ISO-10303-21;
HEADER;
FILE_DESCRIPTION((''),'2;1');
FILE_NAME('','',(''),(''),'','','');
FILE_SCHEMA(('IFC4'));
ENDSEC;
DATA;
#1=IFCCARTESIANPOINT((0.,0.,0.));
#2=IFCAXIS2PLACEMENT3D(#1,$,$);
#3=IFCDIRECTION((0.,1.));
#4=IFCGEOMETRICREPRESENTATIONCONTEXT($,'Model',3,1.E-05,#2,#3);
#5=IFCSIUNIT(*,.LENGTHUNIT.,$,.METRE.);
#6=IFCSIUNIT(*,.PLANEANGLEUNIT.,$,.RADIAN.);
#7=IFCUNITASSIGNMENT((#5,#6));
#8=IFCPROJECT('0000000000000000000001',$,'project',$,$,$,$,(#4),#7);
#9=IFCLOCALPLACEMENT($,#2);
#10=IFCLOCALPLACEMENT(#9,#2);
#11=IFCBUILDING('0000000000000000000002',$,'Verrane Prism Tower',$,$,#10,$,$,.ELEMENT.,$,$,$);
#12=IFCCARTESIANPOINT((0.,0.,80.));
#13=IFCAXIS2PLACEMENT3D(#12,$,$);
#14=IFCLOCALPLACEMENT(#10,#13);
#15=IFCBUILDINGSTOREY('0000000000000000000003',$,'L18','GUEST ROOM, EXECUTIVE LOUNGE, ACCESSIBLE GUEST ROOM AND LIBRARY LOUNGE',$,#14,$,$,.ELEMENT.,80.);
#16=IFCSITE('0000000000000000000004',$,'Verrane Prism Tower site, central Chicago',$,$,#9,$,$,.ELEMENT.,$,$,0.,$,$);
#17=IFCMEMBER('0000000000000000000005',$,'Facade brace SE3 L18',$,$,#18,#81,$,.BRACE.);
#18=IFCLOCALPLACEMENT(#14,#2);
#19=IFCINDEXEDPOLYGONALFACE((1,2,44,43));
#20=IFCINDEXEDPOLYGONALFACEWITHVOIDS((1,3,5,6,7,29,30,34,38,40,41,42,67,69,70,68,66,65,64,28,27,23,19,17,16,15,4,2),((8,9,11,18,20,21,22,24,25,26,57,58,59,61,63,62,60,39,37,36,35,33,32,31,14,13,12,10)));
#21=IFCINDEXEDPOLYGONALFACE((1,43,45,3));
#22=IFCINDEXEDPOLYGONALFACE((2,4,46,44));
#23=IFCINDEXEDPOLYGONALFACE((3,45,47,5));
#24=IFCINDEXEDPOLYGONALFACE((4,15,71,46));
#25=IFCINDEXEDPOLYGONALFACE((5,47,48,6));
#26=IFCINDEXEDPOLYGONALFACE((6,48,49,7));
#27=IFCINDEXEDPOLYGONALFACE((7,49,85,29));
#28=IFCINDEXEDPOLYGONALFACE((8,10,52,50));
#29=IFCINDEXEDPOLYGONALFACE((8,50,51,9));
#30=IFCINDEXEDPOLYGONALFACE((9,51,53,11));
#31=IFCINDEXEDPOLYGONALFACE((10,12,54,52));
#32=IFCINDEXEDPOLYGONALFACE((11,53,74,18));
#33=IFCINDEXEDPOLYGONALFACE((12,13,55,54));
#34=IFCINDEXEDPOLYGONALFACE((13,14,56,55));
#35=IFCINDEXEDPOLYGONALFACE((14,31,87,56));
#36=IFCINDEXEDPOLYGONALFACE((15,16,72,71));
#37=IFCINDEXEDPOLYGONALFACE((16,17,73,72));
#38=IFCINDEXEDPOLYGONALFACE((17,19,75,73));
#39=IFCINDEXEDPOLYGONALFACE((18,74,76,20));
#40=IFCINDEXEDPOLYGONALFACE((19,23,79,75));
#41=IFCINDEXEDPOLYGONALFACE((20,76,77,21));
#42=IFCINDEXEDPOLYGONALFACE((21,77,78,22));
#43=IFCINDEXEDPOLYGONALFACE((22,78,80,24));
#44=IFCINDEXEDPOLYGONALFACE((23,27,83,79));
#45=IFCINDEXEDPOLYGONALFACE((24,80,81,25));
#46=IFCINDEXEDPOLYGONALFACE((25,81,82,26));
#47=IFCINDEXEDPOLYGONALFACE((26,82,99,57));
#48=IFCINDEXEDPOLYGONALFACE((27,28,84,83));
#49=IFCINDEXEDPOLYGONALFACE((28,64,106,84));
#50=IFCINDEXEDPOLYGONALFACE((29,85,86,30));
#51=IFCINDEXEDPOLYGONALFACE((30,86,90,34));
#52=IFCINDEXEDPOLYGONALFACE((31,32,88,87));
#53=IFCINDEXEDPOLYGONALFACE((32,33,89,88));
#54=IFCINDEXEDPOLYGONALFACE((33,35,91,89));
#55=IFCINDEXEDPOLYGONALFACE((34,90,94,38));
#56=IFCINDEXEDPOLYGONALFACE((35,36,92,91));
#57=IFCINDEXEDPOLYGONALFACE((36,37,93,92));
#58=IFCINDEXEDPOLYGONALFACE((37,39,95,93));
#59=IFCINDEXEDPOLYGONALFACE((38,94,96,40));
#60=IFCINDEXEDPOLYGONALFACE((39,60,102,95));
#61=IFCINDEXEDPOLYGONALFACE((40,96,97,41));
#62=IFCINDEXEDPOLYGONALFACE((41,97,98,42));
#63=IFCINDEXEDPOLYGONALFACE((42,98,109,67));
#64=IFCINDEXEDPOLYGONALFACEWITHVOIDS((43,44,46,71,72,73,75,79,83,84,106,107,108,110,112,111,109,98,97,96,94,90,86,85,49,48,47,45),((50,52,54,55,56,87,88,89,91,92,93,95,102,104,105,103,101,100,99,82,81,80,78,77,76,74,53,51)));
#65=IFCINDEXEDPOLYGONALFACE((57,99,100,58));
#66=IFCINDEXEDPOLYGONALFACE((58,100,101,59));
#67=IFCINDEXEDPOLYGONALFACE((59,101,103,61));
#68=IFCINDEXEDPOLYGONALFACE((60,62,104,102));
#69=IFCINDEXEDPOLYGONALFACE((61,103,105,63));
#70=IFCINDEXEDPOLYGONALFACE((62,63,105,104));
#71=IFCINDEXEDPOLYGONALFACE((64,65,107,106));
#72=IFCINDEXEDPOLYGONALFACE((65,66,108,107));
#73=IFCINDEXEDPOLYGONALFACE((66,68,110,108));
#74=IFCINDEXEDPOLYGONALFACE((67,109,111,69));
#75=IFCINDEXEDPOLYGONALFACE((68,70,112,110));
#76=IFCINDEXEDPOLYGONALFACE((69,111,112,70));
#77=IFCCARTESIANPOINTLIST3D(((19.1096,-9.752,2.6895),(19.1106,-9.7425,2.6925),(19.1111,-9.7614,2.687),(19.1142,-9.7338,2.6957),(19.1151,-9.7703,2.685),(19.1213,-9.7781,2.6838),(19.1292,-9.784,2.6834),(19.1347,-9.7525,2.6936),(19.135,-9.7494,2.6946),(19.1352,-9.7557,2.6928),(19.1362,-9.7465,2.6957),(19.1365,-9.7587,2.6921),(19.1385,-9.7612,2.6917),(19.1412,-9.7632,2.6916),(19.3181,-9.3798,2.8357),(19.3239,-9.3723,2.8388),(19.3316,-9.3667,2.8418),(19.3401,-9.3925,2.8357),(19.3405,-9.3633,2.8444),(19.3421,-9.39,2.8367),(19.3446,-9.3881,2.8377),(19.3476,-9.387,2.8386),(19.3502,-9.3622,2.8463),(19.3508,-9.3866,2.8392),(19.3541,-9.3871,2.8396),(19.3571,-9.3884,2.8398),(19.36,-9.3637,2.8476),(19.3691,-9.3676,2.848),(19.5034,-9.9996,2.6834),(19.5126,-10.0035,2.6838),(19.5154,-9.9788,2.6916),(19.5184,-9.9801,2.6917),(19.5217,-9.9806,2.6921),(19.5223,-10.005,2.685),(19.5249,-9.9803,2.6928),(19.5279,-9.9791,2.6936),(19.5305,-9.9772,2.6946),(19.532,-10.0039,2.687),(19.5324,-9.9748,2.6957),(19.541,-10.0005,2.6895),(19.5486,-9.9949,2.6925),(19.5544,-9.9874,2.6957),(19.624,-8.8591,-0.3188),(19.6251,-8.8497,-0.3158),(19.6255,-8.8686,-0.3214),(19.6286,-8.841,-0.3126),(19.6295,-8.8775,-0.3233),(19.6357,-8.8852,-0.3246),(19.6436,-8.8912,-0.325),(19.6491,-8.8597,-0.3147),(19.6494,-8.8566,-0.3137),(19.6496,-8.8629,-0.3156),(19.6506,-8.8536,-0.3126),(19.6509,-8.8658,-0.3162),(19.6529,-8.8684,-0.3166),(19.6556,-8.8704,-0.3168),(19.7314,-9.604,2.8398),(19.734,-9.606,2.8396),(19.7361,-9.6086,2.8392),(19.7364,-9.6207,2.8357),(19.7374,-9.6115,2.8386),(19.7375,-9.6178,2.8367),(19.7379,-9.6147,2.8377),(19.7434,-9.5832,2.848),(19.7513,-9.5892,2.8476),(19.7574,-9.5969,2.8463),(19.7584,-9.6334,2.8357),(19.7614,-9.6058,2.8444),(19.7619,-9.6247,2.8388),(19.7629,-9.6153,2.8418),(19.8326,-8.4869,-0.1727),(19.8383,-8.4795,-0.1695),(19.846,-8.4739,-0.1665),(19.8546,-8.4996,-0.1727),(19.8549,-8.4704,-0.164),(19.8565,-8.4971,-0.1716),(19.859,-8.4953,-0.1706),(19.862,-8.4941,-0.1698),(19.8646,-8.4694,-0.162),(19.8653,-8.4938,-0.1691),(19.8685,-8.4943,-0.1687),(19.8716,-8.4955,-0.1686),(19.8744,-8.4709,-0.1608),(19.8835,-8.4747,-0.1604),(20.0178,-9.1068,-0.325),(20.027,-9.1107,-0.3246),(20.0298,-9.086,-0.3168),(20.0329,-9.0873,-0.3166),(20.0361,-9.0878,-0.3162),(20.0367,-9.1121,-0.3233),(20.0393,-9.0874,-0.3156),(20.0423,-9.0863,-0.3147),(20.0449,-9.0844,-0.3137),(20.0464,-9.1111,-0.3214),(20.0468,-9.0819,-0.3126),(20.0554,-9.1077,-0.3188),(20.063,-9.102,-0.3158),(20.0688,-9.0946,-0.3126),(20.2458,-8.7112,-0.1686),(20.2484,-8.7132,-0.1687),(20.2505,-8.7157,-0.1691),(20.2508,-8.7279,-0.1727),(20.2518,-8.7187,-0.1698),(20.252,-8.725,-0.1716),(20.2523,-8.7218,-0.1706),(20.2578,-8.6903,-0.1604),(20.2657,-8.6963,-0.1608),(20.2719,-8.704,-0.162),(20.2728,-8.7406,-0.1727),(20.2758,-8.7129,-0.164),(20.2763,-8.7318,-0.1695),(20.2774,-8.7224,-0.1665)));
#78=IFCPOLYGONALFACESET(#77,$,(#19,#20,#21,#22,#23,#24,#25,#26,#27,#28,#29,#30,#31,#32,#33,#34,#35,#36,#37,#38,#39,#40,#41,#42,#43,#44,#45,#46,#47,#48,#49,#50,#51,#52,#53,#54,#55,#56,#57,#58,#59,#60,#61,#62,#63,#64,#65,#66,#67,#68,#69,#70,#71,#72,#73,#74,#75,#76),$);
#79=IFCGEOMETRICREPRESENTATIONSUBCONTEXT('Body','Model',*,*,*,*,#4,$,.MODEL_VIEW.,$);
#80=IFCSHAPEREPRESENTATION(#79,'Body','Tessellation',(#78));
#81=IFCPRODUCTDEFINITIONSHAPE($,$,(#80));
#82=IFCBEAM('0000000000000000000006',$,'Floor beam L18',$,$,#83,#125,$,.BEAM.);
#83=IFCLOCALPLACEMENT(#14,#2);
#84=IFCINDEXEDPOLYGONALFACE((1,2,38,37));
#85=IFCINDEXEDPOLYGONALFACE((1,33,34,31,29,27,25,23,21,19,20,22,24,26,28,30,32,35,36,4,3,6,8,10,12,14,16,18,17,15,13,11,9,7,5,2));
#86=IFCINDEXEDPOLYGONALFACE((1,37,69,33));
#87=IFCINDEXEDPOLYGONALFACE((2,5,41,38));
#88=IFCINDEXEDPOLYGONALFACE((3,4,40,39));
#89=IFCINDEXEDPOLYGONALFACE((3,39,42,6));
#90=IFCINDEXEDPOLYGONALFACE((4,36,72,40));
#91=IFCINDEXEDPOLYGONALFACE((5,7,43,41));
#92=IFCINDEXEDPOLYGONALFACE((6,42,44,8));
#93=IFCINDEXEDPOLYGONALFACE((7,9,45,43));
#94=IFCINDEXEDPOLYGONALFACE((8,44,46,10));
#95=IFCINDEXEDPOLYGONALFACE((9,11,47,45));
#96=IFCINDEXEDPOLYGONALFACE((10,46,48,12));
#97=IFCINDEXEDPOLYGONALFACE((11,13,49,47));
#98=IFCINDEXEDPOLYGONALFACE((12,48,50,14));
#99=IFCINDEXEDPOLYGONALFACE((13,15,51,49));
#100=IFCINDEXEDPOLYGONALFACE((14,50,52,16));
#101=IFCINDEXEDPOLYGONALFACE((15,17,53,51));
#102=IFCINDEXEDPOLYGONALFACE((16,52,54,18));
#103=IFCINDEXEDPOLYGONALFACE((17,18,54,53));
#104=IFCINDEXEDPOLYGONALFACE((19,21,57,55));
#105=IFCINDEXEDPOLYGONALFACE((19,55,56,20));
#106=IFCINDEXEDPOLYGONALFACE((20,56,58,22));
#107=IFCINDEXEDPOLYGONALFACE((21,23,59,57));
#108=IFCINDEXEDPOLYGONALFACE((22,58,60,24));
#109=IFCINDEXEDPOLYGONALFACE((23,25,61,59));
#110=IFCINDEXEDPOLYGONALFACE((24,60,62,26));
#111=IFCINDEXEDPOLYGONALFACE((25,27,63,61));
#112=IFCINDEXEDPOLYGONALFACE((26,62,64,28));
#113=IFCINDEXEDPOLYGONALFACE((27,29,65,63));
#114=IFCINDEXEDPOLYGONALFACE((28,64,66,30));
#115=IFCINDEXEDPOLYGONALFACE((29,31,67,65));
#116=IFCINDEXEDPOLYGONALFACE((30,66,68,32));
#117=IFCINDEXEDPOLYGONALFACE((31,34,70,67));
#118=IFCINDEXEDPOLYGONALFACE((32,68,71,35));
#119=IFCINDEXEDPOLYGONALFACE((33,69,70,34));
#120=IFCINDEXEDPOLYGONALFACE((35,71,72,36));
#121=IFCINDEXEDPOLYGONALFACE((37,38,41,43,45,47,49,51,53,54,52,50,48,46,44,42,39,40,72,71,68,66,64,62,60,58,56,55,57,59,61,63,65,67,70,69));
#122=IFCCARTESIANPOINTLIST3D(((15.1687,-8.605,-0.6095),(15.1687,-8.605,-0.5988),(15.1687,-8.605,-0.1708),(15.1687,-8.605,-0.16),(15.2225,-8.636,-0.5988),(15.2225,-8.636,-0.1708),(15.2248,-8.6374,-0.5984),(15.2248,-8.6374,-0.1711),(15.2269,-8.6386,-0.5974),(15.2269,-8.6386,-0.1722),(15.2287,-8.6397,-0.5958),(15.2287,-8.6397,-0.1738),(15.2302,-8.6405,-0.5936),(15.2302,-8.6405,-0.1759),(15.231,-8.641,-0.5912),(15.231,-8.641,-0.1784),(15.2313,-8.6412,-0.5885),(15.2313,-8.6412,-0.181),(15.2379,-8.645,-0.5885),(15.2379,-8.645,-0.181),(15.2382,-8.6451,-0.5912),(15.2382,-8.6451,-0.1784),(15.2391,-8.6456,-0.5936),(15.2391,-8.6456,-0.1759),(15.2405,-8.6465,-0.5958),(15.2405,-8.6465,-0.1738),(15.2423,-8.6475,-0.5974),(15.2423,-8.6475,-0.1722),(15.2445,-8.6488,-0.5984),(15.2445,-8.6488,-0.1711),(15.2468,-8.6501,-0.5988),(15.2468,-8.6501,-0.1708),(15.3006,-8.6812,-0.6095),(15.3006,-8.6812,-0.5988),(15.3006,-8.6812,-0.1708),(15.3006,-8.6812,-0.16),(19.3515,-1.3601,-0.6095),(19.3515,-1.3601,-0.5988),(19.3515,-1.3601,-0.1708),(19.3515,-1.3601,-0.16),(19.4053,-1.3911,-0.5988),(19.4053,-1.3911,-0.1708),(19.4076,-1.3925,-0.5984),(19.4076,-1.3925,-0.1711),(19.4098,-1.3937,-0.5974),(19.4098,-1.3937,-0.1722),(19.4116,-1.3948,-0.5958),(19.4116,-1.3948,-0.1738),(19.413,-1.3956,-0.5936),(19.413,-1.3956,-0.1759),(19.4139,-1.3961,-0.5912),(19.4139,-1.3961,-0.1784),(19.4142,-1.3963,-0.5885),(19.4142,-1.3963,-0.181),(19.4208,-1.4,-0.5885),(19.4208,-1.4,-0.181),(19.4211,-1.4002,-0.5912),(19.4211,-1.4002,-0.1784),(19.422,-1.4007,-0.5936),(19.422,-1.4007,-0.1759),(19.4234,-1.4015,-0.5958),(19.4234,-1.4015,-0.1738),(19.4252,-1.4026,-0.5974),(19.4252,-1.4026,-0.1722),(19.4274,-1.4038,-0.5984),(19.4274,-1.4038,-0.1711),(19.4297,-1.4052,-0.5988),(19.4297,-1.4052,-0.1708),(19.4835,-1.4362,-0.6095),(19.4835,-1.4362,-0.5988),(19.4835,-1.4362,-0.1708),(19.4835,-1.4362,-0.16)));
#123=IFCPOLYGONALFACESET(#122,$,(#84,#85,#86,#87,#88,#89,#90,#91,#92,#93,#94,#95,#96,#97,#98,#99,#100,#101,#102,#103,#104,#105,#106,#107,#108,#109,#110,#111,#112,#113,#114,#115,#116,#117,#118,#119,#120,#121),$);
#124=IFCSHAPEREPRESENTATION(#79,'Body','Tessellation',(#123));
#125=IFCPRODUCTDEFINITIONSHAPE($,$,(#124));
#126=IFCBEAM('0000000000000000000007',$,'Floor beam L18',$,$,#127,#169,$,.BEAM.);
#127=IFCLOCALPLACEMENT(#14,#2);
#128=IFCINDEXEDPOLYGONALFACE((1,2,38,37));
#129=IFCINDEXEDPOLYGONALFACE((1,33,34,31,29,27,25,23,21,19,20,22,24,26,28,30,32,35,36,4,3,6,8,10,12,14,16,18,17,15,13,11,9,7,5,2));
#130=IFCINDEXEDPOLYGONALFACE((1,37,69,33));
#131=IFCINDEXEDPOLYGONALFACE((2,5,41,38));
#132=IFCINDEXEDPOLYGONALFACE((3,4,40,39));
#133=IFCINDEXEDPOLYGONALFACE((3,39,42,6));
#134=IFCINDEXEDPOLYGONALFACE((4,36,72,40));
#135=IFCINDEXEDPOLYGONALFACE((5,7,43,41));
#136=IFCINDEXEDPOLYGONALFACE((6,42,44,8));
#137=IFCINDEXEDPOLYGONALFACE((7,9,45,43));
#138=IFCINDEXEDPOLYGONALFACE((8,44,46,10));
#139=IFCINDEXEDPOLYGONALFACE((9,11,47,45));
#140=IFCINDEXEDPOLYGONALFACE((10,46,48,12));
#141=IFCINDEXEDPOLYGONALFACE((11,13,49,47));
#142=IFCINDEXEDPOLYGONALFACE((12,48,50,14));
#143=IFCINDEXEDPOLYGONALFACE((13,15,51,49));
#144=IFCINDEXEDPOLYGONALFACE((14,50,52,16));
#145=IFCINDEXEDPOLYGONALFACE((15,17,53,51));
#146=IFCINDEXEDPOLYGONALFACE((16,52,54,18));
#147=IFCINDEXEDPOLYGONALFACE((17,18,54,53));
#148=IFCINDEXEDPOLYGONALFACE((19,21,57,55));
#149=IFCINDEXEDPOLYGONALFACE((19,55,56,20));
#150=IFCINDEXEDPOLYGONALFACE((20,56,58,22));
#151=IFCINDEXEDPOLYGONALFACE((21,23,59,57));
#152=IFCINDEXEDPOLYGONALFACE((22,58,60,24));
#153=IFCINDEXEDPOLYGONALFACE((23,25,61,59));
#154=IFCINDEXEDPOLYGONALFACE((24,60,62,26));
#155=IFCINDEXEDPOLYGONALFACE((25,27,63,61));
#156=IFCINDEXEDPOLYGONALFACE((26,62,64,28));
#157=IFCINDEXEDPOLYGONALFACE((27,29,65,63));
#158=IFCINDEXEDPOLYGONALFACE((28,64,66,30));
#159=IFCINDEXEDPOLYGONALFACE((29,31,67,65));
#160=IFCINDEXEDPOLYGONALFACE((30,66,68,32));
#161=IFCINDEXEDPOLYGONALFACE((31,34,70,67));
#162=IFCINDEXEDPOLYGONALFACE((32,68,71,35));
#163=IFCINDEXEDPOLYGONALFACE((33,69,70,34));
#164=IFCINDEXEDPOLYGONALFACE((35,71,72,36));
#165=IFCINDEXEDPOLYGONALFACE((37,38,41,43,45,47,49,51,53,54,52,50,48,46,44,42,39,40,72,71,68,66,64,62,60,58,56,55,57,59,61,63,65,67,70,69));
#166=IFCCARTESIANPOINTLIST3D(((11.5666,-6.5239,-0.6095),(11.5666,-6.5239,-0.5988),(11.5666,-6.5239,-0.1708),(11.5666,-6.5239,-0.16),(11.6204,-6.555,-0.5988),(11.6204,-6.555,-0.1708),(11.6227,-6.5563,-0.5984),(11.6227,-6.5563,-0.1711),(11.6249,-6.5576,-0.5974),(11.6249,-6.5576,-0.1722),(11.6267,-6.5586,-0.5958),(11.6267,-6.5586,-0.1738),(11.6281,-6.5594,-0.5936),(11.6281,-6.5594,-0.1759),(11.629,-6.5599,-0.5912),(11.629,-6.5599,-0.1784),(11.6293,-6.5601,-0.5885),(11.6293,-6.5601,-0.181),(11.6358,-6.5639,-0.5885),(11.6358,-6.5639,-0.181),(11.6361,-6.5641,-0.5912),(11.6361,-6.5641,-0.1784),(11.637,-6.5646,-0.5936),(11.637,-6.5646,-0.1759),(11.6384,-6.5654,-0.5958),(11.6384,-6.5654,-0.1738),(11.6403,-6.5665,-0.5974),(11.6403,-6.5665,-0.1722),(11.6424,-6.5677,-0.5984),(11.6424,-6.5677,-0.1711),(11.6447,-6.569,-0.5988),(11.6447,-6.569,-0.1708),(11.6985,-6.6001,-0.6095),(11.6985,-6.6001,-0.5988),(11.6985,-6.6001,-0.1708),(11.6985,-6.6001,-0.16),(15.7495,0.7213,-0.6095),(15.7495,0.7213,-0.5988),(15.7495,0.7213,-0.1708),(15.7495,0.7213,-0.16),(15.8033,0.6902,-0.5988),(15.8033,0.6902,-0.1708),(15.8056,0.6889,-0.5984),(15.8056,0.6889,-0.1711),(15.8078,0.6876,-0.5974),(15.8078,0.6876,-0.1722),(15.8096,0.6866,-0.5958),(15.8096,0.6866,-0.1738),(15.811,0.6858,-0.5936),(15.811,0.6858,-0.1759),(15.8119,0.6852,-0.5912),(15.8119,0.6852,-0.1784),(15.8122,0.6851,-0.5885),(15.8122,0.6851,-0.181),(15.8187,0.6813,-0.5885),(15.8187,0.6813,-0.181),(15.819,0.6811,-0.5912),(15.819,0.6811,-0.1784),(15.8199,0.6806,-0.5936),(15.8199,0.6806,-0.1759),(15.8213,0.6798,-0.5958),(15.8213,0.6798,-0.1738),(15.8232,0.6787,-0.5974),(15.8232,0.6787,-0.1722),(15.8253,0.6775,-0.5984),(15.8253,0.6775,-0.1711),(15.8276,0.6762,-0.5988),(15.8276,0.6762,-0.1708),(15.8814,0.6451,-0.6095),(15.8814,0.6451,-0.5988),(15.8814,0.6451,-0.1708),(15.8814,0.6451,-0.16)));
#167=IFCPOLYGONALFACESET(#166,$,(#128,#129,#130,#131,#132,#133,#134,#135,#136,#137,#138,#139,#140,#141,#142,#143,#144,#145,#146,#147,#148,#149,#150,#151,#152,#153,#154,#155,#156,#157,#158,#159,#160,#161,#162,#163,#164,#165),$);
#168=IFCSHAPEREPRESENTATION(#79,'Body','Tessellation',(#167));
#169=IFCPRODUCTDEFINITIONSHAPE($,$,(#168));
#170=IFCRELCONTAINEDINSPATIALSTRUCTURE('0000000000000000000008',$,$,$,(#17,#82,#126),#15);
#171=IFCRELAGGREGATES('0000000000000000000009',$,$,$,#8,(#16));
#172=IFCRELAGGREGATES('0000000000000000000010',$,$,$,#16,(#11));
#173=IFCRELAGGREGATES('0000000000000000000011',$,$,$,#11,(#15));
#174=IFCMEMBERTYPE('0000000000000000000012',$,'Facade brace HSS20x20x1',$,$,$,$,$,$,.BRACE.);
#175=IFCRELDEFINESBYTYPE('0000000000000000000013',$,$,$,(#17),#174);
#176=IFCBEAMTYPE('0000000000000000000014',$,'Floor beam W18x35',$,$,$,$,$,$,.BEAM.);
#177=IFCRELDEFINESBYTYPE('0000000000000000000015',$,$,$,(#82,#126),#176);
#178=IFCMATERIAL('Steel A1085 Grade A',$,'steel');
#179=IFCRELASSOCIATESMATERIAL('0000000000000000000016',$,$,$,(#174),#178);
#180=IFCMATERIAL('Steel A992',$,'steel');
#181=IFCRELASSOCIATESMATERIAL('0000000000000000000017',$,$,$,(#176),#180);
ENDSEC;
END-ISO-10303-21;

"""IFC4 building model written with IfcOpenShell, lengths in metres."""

from ifc_helpers import new_model, si_unit, direction, frame, origin, origin_2d, place, context, subcontext, project, spatial, hollow_rectangle, i_section, extrude, material, material_profile, profile_set, type_object, element, save


model = new_model("IFC4")

# Units and contexts
model_context = context("Model", 3, precision=1e-05, world=origin(), true_north=direction((0.0, 1.0)))
body_context = subcontext(model_context, "Body", "Model", "MODEL_VIEW")
ifc_project = project(units=[si_unit("LENGTHUNIT", "METRE"), si_unit("PLANEANGLEUNIT", "RADIAN")], contexts=[model_context])

# Site, building, storey
site_placement = place(None, origin())
site = spatial("IfcSite", under=ifc_project, at=site_placement, Name="Verrane Prism Tower site, central Chicago", CompositionType="ELEMENT", RefElevation=0.0)
building_placement = place(site_placement, origin())
building = spatial("IfcBuilding", under=site, at=building_placement, Name="Verrane Prism Tower", CompositionType="ELEMENT")
storey_placement = place(building_placement, frame((0.0, 0.0, 80.0)))
storey = spatial("IfcBuildingStorey", under=building, at=storey_placement, Name="L18", Description="GUEST ROOM, EXECUTIVE LOUNGE, ACCESSIBLE GUEST ROOM AND LIBRARY LOUNGE", CompositionType="ELEMENT", Elevation=80.0)

# Member
ifc_material_1 = material(Name="Steel A1085 Grade A", Category="steel")
ifc_material_profile_1 = material_profile(ifc_material_1, hollow_rectangle(XDim=0.5081, YDim=0.5081, WallThickness=0.0254, InnerFilletRadius=0.0127, OuterFilletRadius=0.0381, at=origin_2d()), Name="HSS20x20x1")
ifc_profile_set_1 = profile_set([ifc_material_profile_1], Name="Steel A1085 Grade A")
member_type_1 = type_object("IfcMemberType", Name="Facade brace HSS20x20x1", PredefinedType="BRACE", material=ifc_profile_set_1)
member_1_placement = place(storey_placement, frame((19.9507, -8.7908, -0.2427), z_axis=(-0.161769, -0.280773, 0.946043), x_axis=(0.866473, -0.499223, 0.0)))
element("IfcMember", 1, at=member_1_placement, inside=storey, type_object=member_type_1, Name="Facade brace SE3 L18", PredefinedType="BRACE", context=body_context, shape_type="SweptSolid", body=[
    extrude(hollow_rectangle(XDim=0.5081, YDim=0.5081, WallThickness=0.0254, InnerFilletRadius=0.0127, OuterFilletRadius=0.0381, at=origin_2d()), origin(), (0.0, 0.0, 1.0), 3.1799),
])

# Beams
ifc_material_2 = material(Name="Steel A992", Category="steel")
ifc_material_profile_2 = material_profile(ifc_material_2, i_section(OverallWidth=0.1523, OverallDepth=0.4495, WebThickness=0.0076, FlangeThickness=0.0107, FilletRadius=0.0103, at=origin_2d()), Name="W18x35")
ifc_profile_set_2 = profile_set([ifc_material_profile_2], Name="Steel A992")
beam_type_1 = type_object("IfcBeamType", Name="Floor beam W18x35", PredefinedType="BEAM", material=ifc_profile_set_2)
beam_1_placement = place(storey_placement, frame((15.2346, -8.6431, -0.3848), z_axis=(0.500003, 0.866024, 0.0), x_axis=(-0.866024, 0.500003, 0.0)))
element("IfcBeam", 2, at=beam_1_placement, inside=storey, type_object=beam_type_1, Name="Floor beam L18", PredefinedType="BEAM", context=body_context, shape_type="SweptSolid", body=[
    extrude(i_section(OverallWidth=0.1523, OverallDepth=0.4495, WebThickness=0.0076, FlangeThickness=0.0107, FilletRadius=0.0103, at=origin_2d()), origin(), (0.0, 0.0, 1.0), 8.3657),
])
beam_2_placement = place(storey_placement, frame((11.6326, -6.562, -0.3848), z_axis=(0.49999, 0.866031, 0.0), x_axis=(-0.866031, 0.49999, 0.0)))
element("IfcBeam", 3, at=beam_2_placement, inside=storey, type_object=beam_type_1, Name="Floor beam L18", PredefinedType="BEAM", context=body_context, shape_type="SweptSolid", body=[
    extrude(i_section(OverallWidth=0.1523, OverallDepth=0.4495, WebThickness=0.0076, FlangeThickness=0.0107, FilletRadius=0.0103, at=origin_2d()), origin(), (0.0, 0.0, 1.0), 8.366),
])

save(model, "model.ifc")
